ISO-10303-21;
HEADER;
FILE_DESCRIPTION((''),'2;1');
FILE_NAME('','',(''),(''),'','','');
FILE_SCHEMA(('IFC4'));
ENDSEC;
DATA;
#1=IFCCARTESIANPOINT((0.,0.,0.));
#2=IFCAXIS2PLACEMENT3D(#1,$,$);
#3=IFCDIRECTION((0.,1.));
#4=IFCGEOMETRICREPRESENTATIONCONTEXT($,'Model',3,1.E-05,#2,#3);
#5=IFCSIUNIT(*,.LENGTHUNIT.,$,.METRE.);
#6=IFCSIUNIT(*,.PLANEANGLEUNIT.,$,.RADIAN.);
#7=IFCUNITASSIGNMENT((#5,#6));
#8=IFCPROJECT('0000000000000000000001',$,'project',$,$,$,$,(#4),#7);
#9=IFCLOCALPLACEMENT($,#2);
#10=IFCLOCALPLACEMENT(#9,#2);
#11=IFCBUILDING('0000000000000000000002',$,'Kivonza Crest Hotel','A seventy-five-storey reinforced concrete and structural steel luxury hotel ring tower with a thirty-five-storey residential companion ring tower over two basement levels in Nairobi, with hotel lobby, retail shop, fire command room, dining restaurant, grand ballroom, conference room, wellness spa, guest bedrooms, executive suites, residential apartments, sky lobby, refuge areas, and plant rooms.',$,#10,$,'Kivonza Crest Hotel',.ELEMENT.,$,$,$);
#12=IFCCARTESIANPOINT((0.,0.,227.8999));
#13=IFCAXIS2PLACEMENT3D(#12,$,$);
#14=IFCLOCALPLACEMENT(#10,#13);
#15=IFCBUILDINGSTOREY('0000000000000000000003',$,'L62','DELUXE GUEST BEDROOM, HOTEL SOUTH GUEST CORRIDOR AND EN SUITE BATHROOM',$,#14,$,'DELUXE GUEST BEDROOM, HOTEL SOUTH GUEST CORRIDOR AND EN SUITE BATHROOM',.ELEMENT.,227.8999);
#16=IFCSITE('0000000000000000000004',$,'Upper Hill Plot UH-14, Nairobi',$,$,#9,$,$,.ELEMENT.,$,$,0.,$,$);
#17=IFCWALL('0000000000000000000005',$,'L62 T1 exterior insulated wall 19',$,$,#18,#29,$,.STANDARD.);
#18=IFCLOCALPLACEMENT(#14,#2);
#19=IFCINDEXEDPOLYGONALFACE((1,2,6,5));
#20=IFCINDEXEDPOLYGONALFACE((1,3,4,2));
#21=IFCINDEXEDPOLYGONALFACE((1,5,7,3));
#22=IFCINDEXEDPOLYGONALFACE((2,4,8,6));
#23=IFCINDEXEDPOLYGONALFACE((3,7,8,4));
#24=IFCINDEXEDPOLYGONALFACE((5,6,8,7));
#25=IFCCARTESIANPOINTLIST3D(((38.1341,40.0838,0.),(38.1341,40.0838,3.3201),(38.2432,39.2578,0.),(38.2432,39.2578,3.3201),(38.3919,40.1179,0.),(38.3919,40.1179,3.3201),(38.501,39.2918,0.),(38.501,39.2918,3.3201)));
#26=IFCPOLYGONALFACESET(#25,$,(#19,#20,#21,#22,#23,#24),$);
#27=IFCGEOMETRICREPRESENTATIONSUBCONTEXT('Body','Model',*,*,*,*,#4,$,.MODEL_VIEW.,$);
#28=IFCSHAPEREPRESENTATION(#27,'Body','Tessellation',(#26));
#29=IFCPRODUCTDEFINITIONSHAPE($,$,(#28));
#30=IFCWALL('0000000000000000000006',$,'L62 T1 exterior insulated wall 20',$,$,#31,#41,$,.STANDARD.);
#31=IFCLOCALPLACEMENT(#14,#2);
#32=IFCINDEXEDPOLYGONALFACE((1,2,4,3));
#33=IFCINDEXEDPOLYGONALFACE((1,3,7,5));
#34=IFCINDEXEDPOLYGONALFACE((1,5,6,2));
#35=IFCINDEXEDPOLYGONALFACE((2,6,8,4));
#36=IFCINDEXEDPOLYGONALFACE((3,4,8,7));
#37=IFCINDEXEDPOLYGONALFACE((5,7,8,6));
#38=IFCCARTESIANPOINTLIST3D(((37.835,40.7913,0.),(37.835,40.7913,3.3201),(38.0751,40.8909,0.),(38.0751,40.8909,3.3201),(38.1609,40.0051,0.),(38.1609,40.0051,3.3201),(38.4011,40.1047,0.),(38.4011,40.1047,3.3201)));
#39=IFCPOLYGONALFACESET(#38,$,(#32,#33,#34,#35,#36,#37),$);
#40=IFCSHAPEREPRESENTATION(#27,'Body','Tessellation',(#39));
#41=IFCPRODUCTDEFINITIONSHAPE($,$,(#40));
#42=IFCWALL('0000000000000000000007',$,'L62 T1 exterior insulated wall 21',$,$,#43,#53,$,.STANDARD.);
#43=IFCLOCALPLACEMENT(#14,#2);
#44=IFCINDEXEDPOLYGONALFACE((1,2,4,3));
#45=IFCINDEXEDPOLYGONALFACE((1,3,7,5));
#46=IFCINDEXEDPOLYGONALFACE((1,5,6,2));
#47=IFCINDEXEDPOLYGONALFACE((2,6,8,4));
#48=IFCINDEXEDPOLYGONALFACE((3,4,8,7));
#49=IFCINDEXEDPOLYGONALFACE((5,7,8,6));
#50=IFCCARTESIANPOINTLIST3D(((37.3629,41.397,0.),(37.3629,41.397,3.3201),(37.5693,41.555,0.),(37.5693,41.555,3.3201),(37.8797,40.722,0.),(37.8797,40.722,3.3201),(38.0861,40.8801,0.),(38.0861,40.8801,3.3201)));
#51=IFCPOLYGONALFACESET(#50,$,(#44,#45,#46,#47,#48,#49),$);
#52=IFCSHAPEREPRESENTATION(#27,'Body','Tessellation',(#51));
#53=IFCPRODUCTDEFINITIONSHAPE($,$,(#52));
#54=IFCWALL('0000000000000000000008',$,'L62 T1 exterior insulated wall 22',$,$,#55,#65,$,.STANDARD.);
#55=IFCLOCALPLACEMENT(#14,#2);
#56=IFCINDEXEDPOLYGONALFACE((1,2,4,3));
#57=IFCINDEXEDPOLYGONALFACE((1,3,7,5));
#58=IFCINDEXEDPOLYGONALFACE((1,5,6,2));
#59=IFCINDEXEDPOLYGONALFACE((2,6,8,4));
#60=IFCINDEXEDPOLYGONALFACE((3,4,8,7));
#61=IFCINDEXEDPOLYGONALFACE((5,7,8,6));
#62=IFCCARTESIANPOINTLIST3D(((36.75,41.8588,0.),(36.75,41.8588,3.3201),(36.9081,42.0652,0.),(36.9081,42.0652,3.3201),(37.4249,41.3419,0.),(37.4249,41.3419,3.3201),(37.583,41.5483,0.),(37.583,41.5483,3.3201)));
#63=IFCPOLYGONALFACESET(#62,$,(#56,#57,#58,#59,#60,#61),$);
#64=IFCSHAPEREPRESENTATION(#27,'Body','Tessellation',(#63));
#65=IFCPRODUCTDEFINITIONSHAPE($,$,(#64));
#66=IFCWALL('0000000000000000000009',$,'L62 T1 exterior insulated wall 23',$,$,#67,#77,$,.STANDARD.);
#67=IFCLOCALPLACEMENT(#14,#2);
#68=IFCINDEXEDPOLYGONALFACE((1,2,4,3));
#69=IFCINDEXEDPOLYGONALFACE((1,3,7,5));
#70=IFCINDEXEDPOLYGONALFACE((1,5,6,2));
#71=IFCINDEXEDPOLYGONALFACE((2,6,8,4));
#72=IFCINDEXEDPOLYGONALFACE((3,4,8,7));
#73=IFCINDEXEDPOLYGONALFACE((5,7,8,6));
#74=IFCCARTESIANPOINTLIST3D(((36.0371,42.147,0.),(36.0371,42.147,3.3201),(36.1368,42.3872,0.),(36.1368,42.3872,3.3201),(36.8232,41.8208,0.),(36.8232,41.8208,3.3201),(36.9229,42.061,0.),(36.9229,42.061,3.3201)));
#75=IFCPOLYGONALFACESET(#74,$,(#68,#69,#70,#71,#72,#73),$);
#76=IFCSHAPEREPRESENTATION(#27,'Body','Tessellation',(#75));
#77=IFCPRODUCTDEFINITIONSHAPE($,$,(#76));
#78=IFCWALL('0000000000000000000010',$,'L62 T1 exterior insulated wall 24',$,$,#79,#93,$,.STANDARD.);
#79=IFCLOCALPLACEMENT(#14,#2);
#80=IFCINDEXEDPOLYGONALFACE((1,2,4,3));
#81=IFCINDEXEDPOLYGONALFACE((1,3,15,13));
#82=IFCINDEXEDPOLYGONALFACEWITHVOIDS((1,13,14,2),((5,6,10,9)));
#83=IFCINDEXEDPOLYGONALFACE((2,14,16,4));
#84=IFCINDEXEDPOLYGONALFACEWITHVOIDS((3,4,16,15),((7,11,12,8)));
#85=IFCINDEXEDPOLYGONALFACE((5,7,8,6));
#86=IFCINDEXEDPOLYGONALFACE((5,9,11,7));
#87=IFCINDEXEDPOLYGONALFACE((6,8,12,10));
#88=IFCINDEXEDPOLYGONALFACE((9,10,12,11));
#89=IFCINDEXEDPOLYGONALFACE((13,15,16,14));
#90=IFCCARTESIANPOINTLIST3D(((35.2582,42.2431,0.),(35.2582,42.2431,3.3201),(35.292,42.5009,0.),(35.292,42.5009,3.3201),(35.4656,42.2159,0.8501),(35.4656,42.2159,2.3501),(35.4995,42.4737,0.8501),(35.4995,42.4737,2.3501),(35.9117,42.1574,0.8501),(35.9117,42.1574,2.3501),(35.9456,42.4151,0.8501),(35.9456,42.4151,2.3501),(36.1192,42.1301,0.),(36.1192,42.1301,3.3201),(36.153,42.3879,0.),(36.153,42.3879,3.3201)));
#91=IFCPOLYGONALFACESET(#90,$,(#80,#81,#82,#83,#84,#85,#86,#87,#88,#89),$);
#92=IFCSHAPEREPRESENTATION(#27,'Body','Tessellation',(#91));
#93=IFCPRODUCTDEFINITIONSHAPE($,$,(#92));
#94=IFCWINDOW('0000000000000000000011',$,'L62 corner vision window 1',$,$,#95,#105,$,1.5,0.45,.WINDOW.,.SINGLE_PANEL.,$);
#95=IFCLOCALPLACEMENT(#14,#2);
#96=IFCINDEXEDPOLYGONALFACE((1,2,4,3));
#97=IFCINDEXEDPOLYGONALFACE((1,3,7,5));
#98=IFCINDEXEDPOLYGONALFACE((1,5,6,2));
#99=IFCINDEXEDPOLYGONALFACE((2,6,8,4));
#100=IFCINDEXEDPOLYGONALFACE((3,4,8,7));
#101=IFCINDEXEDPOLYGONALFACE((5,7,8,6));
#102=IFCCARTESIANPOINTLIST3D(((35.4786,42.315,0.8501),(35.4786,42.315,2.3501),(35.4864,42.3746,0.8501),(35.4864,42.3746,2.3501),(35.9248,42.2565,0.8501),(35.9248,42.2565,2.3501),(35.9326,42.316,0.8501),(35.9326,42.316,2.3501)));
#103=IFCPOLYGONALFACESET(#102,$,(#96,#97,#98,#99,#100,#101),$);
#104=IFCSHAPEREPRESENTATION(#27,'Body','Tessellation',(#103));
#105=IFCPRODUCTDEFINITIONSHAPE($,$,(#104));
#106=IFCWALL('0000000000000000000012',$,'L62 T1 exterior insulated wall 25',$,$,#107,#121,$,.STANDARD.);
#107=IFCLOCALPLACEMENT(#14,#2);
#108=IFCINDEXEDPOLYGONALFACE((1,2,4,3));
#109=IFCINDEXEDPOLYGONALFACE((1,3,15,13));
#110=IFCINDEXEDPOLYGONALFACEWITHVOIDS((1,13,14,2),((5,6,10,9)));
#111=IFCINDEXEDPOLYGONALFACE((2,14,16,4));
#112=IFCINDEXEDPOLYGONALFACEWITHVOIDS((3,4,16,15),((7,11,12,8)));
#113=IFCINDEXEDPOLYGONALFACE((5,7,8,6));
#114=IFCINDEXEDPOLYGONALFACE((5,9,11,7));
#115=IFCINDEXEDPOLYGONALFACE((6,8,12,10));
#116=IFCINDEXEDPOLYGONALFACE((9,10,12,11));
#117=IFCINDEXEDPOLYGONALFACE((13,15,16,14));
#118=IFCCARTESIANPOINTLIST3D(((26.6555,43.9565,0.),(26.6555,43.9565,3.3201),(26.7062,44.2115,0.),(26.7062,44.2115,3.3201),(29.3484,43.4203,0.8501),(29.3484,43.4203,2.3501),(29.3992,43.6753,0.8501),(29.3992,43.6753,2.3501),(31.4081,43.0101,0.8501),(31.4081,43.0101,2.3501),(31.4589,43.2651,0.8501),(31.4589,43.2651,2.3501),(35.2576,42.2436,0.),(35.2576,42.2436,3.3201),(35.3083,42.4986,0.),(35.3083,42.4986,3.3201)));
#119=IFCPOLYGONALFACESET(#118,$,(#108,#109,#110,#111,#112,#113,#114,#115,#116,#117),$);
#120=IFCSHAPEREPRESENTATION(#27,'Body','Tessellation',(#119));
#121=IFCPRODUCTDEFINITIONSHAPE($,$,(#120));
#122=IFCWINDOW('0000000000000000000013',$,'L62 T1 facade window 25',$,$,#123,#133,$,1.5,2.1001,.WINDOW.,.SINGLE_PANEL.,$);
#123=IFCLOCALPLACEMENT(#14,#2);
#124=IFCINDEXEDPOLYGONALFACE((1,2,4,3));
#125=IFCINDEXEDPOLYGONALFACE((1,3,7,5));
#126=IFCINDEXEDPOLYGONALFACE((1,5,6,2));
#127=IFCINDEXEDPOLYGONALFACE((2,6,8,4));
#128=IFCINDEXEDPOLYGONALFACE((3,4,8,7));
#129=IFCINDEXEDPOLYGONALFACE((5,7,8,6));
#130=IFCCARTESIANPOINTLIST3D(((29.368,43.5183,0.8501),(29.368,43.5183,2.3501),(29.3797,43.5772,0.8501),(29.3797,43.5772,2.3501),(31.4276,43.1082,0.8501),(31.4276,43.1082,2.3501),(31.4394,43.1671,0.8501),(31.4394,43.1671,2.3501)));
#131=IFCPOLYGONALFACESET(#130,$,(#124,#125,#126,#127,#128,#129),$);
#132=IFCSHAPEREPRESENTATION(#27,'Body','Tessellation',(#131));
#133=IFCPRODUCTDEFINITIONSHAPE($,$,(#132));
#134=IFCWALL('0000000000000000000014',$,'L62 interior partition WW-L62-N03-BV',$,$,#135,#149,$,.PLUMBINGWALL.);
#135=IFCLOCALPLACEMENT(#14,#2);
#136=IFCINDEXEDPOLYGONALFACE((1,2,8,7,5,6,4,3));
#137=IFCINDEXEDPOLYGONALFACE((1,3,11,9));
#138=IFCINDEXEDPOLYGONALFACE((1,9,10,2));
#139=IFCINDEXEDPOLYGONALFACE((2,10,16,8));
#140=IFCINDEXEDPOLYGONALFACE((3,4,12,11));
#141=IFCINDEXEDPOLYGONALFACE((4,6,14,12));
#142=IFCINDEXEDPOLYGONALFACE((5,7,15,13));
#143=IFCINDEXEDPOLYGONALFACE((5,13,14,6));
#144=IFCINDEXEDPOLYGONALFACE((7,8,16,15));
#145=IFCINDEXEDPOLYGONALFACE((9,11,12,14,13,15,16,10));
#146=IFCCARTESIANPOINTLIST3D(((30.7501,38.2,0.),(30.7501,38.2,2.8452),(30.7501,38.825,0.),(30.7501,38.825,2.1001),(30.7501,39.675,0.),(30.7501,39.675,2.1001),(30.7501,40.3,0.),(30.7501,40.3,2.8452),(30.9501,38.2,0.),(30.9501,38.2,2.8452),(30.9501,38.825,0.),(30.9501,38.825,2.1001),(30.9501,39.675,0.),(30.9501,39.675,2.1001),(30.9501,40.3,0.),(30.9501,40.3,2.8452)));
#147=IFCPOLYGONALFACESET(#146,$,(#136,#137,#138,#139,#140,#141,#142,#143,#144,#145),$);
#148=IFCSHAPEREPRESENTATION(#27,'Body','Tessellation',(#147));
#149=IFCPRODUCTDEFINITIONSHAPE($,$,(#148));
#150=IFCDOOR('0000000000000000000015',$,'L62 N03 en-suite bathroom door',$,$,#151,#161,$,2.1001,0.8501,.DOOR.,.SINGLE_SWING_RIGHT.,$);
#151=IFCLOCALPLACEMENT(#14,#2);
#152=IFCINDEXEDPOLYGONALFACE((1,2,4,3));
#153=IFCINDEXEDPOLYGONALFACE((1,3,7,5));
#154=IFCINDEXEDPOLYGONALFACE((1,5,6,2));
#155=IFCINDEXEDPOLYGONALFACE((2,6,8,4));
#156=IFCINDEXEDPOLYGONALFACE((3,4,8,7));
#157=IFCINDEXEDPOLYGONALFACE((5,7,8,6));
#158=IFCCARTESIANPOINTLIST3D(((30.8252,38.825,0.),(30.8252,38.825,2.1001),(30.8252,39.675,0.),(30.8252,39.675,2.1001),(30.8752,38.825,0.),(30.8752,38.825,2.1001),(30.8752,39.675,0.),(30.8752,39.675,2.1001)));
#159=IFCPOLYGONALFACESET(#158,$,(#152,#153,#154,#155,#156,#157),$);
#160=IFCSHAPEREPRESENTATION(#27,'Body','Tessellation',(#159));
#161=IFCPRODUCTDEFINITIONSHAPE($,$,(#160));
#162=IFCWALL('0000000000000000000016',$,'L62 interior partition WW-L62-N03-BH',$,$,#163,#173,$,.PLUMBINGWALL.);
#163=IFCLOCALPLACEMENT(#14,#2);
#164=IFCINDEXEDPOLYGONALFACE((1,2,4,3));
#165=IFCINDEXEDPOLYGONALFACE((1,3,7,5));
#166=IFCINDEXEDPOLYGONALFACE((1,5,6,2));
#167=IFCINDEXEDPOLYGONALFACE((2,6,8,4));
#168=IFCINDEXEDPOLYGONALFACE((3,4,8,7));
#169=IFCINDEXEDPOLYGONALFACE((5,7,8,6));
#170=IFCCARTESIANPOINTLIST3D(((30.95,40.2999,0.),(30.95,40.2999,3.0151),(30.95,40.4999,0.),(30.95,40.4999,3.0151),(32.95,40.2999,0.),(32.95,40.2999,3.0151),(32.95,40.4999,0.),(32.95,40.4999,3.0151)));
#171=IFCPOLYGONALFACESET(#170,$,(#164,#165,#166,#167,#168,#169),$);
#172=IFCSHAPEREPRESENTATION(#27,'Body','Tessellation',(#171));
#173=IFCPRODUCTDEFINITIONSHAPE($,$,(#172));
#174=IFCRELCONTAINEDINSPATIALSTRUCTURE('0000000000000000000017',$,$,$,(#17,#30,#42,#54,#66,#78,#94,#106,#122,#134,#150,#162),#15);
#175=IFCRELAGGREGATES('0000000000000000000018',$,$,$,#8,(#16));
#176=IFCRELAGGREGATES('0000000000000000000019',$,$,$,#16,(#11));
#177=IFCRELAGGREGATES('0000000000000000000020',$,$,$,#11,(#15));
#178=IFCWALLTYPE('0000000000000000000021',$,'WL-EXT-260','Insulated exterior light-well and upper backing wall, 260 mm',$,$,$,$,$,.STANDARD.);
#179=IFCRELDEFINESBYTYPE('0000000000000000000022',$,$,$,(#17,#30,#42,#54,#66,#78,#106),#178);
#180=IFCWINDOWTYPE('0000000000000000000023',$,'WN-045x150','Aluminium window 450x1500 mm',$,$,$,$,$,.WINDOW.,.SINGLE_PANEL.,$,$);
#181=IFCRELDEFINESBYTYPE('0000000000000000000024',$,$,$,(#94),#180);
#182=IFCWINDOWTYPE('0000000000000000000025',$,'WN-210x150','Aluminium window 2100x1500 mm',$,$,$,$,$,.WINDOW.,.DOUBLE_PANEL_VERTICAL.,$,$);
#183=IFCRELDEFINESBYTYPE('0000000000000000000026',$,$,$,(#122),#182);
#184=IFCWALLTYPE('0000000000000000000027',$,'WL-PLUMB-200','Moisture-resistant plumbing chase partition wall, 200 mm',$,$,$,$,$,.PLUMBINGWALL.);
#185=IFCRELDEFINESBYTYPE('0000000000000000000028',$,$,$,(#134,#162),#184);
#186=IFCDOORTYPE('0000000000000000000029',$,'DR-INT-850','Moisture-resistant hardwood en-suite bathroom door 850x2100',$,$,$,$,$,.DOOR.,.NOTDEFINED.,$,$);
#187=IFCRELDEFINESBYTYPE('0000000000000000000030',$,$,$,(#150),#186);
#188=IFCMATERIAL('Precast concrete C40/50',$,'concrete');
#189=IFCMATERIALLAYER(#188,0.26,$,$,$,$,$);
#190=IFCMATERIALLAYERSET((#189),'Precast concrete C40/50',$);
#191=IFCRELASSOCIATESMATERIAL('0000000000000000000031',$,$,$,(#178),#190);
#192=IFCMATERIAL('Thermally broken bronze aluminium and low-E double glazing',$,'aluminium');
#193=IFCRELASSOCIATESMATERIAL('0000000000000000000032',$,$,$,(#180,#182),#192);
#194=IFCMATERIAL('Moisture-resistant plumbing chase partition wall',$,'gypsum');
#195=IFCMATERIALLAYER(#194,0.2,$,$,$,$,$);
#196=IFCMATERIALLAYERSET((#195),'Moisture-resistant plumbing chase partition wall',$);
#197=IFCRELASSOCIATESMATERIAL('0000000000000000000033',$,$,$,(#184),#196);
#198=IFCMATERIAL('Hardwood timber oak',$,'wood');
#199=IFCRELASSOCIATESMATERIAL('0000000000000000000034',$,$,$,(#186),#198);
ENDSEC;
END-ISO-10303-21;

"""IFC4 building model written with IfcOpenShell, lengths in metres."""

from ifc_helpers import new_model, si_unit, direction, frame, frame_2d, origin, place, context, subcontext, project, spatial, rectangle, extrude, material, layer, layer_set, type_object, element, fill, save


model = new_model("IFC4")

# Units and contexts
model_context = context("Model", 3, precision=1e-05, world=origin(), true_north=direction((0.0, 1.0)))
body_context = subcontext(model_context, "Body", "Model", "MODEL_VIEW")
ifc_project = project(units=[si_unit("LENGTHUNIT", "METRE"), si_unit("PLANEANGLEUNIT", "RADIAN")], contexts=[model_context])

# Site, building, storey
site_placement = place(None, origin())
site = spatial("IfcSite", under=ifc_project, at=site_placement, Name="Upper Hill Plot UH-14, Nairobi", CompositionType="ELEMENT", RefElevation=0.0)
building_placement = place(site_placement, origin())
building = spatial("IfcBuilding", under=site, at=building_placement, Name="Kivonza Crest Hotel", Description="A seventy-five-storey reinforced concrete and structural steel luxury hotel ring tower with a thirty-five-storey residential companion ring tower over two basement levels in Nairobi, with hotel lobby, retail shop, fire command room, dining restaurant, grand ballroom, conference room, wellness spa, guest bedrooms, executive suites, residential apartments, sky lobby, refuge areas, and plant rooms.", LongName="Kivonza Crest Hotel", CompositionType="ELEMENT")
storey_placement = place(building_placement, frame((0.0, 0.0, 227.8999)))
storey = spatial("IfcBuildingStorey", under=building, at=storey_placement, Name="L62", Description="DELUXE GUEST BEDROOM, HOTEL SOUTH GUEST CORRIDOR AND EN SUITE BATHROOM", LongName="DELUXE GUEST BEDROOM, HOTEL SOUTH GUEST CORRIDOR AND EN SUITE BATHROOM", CompositionType="ELEMENT", Elevation=227.8999)

# Shared definitions
ifc_material_1 = material(Name="Hardwood timber oak", Category="wood")

# Walls
ifc_material_2 = material(Name="Precast concrete C40/50", Category="concrete")
ifc_layer_1 = layer(ifc_material_2, 0.26)
ifc_layer_set_1 = layer_set([ifc_layer_1], Name="Precast concrete C40/50")
wall_type_1 = type_object("IfcWallType", Name="WL-EXT-260", Description="Insulated exterior light-well and upper backing wall, 260 mm", PredefinedType="STANDARD", material=ifc_layer_set_1)
wall_1_placement = place(storey_placement, frame((38.3721, 39.2749, 0.0), z_axis=(0.0, 0.0, 1.0), x_axis=(-0.130955, 0.991388, 0.0)))
element("IfcWall", 1, at=wall_1_placement, inside=storey, type_object=wall_type_1, Name="L62 T1 exterior insulated wall 19", PredefinedType="STANDARD", context=body_context, shape_type="SweptSolid", body=[
    extrude(rectangle(XDim=0.8333, YDim=0.26, at=frame_2d((0.4165, 0.0))), origin(), (0.0, 0.0, 1.0), 3.3201),
])
wall_2_placement = place(storey_placement, frame((38.281, 40.0549, 0.0), z_axis=(0.0, 0.0, 1.0), x_axis=(-0.382985, 0.923754, 0.0)))
element("IfcWall", 2, at=wall_2_placement, inside=storey, type_object=wall_type_1, Name="L62 T1 exterior insulated wall 20", PredefinedType="STANDARD", context=body_context, shape_type="SweptSolid", body=[
    extrude(rectangle(XDim=0.8511, YDim=0.26, at=frame_2d((0.4255, 0.0))), origin(), (0.0, 0.0, 1.0), 3.3201),
])
for number, where, z_axis, x_axis, name in (
    (3, (37.9829, 40.801, 0.0), (0.0, 0.0, 1.0), (-0.607919, 0.793999, 0.0), "L62 T1 exterior insulated wall 21"),
    (4, (37.5039, 41.4451, 0.0), (0.0, 0.0, 1.0), (-0.793893, 0.608058, 0.0), "L62 T1 exterior insulated wall 22"),
):
    element("IfcWall", number, at=place(storey_placement, frame(where, z_axis=z_axis, x_axis=x_axis)), inside=storey, type_object=wall_type_1, Name=name, PredefinedType="STANDARD", context=body_context, shape_type="SweptSolid", body=[
        extrude(rectangle(XDim=0.8501, YDim=0.26, at=frame_2d((0.425, 0.0))), origin(), (0.0, 0.0, 1.0), 3.3201),
    ])
wall_3_placement = place(storey_placement, frame((36.873, 41.9409, 0.0), z_axis=(0.0, 0.0, 1.0), x_axis=(-0.923653, 0.38323, 0.0)))
element("IfcWall", 5, at=wall_3_placement, inside=storey, type_object=wall_type_1, Name="L62 T1 exterior insulated wall 23", PredefinedType="STANDARD", context=body_context, shape_type="SweptSolid", body=[
    extrude(rectangle(XDim=0.8511, YDim=0.26, at=frame_2d((0.4255, 0.0))), origin(), (0.0, 0.0, 1.0), 3.3201),
])

# Walls, openings, windows
wall_4_placement = place(storey_placement, frame((36.136, 42.259, 0.0), z_axis=(0.0, 0.0, 1.0), x_axis=(-0.991493, 0.130156, 0.0)))
wall_4 = element("IfcWall", 6, at=wall_4_placement, inside=storey, type_object=wall_type_1, Name="L62 T1 exterior insulated wall 24", PredefinedType="STANDARD", context=body_context, shape_type="SweptSolid", body=[
    extrude(rectangle(XDim=0.8684, YDim=0.26, at=frame_2d((0.4341, 0.0))), origin(), (0.0, 0.0, 1.0), 3.3201),
])
opening_1_placement = place(wall_4_placement, frame((0.209, 0.0, 0.8501)))
opening_1 = element("IfcOpeningElement", 7, at=opening_1_placement, cuts=wall_4, PredefinedType="OPENING", context=body_context, shape_type="SweptSolid", body=[
    extrude(rectangle(XDim=0.45, YDim=1.5, at=frame_2d((0.2251, 0.75))), frame((0.0, 0.1401, 0.0), z_axis=(0.0, -1.0, 0.0), x_axis=(1.0, 0.0, 0.0)), (0.0, 0.0, 1.0), 0.28),
])
ifc_material_3 = material(Name="Thermally broken bronze aluminium and low-E double glazing", Category="aluminium")
window_type_1 = type_object("IfcWindowType", Name="WN-045x150", Description="Aluminium window 450x1500 mm", PartitioningType="SINGLE_PANEL", PredefinedType="WINDOW", material=ifc_material_3)
window_1_placement = place(opening_1_placement, origin())
window_1 = element("IfcWindow", 8, at=window_1_placement, inside=storey, type_object=window_type_1, Name="L62 corner vision window 1", OverallHeight=1.5, OverallWidth=0.45, PartitioningType="SINGLE_PANEL", PredefinedType="WINDOW", context=body_context, shape_type="SweptSolid", body=[
    extrude(rectangle(XDim=0.45, YDim=1.5, at=frame_2d((0.2251, 0.75))), frame((0.0, 0.03, 0.0), z_axis=(0.0, -1.0, 0.0), x_axis=(1.0, 0.0, 0.0)), (0.0, 0.0, 1.0), 0.0601),
])
fill(opening_1, window_1)
wall_5_placement = place(storey_placement, frame((35.283, 42.3711, 0.0), z_axis=(0.0, 0.0, 1.0), x_axis=(-0.980745, 0.195292, 0.0)))
wall_5 = element("IfcWall", 9, at=wall_5_placement, inside=storey, type_object=wall_type_1, Name="L62 T1 exterior insulated wall 25", PredefinedType="STANDARD", context=body_context, shape_type="SweptSolid", body=[
    extrude(rectangle(XDim=8.771, YDim=0.26, at=frame_2d((4.3855, 0.0))), origin(), (0.0, 0.0, 1.0), 3.3201),
])
opening_2_placement = place(wall_5_placement, frame((3.925, 0.0, 0.8501)))
opening_2 = element("IfcOpeningElement", 10, at=opening_2_placement, cuts=wall_5, PredefinedType="OPENING", context=body_context, shape_type="SweptSolid", body=[
    extrude(rectangle(XDim=2.1001, YDim=1.5, at=frame_2d((1.05, 0.75))), frame((0.0, 0.1401, 0.0), z_axis=(0.0, -1.0, 0.0), x_axis=(1.0, 0.0, 0.0)), (0.0, 0.0, 1.0), 0.28),
])
window_type_2 = type_object("IfcWindowType", Name="WN-210x150", Description="Aluminium window 2100x1500 mm", PartitioningType="DOUBLE_PANEL_VERTICAL", PredefinedType="WINDOW", material=ifc_material_3)
window_2_placement = place(opening_2_placement, origin())
window_2 = element("IfcWindow", 11, at=window_2_placement, inside=storey, type_object=window_type_2, Name="L62 T1 facade window 25", OverallHeight=1.5, OverallWidth=2.1001, PartitioningType="SINGLE_PANEL", PredefinedType="WINDOW", context=body_context, shape_type="SweptSolid", body=[
    extrude(rectangle(XDim=2.1001, YDim=1.5, at=frame_2d((1.05, 0.75))), frame((0.0, 0.03, 0.0), z_axis=(0.0, -1.0, 0.0), x_axis=(1.0, 0.0, 0.0)), (0.0, 0.0, 1.0), 0.0601),
])
fill(opening_2, window_2)

# Wall, opening, door
ifc_material_4 = material(Name="Moisture-resistant plumbing chase partition wall", Category="gypsum")
ifc_layer_2 = layer(ifc_material_4, 0.2)
ifc_layer_set_2 = layer_set([ifc_layer_2], Name="Moisture-resistant plumbing chase partition wall")
wall_type_2 = type_object("IfcWallType", Name="WL-PLUMB-200", Description="Moisture-resistant plumbing chase partition wall, 200 mm", PredefinedType="PLUMBINGWALL", material=ifc_layer_set_2)
wall_6_placement = place(storey_placement, frame((30.8501, 38.2, 0.0), z_axis=(0.0, 0.0, 1.0), x_axis=(0.0, 1.0, 0.0)))
wall_6 = element("IfcWall", 12, at=wall_6_placement, inside=storey, type_object=wall_type_2, Name="L62 interior partition WW-L62-N03-BV", PredefinedType="PLUMBINGWALL", context=body_context, shape_type="SweptSolid", body=[
    extrude(rectangle(XDim=2.1001, YDim=0.2, at=frame_2d((1.05, 0.0))), origin(), (0.0, 0.0, 1.0), 2.8452),
])
opening_3_placement = place(wall_6_placement, frame((0.625, 0.0, 0.0)))
opening_3 = element("IfcOpeningElement", 13, at=opening_3_placement, cuts=wall_6, PredefinedType="OPENING", context=body_context, shape_type="SweptSolid", body=[
    extrude(rectangle(XDim=0.8501, YDim=2.1001, at=frame_2d((0.425, 1.05))), frame((0.0, 0.1099, 0.0), z_axis=(0.0, -1.0, 0.0), x_axis=(1.0, 0.0, 0.0)), (0.0, 0.0, 1.0), 0.22),
])
door_type_1 = type_object("IfcDoorType", Name="DR-INT-850", Description="Moisture-resistant hardwood en-suite bathroom door 850x2100", OperationType="NOTDEFINED", PredefinedType="DOOR", material=ifc_material_1)
door_1_placement = place(opening_3_placement, origin())
door_1 = element("IfcDoor", 14, at=door_1_placement, inside=storey, type_object=door_type_1, Name="L62 N03 en-suite bathroom door", OperationType="SINGLE_SWING_RIGHT", OverallHeight=2.1001, OverallWidth=0.8501, PredefinedType="DOOR", context=body_context, shape_type="SweptSolid", body=[
    extrude(rectangle(XDim=0.8501, YDim=2.1001, at=frame_2d((0.425, 1.05))), frame((0.0, 0.0249, 0.0), z_axis=(0.0, -1.0, 0.0), x_axis=(1.0, 0.0, 0.0)), (0.0, 0.0, 1.0), 0.05),
])
fill(opening_3, door_1)

# Wall
wall_7_placement = place(storey_placement, frame((30.95, 40.3999, 0.0), z_axis=(0.0, 0.0, 1.0), x_axis=(1.0, 0.0, 0.0)))
element("IfcWall", 15, at=wall_7_placement, inside=storey, type_object=wall_type_2, Name="L62 interior partition WW-L62-N03-BH", PredefinedType="PLUMBINGWALL", context=body_context, shape_type="SweptSolid", body=[
    extrude(rectangle(XDim=2.0, YDim=0.2, at=frame_2d((1.0, 0.0))), origin(), (0.0, 0.0, 1.0), 3.0151),
])

save(model, "model.ifc")
